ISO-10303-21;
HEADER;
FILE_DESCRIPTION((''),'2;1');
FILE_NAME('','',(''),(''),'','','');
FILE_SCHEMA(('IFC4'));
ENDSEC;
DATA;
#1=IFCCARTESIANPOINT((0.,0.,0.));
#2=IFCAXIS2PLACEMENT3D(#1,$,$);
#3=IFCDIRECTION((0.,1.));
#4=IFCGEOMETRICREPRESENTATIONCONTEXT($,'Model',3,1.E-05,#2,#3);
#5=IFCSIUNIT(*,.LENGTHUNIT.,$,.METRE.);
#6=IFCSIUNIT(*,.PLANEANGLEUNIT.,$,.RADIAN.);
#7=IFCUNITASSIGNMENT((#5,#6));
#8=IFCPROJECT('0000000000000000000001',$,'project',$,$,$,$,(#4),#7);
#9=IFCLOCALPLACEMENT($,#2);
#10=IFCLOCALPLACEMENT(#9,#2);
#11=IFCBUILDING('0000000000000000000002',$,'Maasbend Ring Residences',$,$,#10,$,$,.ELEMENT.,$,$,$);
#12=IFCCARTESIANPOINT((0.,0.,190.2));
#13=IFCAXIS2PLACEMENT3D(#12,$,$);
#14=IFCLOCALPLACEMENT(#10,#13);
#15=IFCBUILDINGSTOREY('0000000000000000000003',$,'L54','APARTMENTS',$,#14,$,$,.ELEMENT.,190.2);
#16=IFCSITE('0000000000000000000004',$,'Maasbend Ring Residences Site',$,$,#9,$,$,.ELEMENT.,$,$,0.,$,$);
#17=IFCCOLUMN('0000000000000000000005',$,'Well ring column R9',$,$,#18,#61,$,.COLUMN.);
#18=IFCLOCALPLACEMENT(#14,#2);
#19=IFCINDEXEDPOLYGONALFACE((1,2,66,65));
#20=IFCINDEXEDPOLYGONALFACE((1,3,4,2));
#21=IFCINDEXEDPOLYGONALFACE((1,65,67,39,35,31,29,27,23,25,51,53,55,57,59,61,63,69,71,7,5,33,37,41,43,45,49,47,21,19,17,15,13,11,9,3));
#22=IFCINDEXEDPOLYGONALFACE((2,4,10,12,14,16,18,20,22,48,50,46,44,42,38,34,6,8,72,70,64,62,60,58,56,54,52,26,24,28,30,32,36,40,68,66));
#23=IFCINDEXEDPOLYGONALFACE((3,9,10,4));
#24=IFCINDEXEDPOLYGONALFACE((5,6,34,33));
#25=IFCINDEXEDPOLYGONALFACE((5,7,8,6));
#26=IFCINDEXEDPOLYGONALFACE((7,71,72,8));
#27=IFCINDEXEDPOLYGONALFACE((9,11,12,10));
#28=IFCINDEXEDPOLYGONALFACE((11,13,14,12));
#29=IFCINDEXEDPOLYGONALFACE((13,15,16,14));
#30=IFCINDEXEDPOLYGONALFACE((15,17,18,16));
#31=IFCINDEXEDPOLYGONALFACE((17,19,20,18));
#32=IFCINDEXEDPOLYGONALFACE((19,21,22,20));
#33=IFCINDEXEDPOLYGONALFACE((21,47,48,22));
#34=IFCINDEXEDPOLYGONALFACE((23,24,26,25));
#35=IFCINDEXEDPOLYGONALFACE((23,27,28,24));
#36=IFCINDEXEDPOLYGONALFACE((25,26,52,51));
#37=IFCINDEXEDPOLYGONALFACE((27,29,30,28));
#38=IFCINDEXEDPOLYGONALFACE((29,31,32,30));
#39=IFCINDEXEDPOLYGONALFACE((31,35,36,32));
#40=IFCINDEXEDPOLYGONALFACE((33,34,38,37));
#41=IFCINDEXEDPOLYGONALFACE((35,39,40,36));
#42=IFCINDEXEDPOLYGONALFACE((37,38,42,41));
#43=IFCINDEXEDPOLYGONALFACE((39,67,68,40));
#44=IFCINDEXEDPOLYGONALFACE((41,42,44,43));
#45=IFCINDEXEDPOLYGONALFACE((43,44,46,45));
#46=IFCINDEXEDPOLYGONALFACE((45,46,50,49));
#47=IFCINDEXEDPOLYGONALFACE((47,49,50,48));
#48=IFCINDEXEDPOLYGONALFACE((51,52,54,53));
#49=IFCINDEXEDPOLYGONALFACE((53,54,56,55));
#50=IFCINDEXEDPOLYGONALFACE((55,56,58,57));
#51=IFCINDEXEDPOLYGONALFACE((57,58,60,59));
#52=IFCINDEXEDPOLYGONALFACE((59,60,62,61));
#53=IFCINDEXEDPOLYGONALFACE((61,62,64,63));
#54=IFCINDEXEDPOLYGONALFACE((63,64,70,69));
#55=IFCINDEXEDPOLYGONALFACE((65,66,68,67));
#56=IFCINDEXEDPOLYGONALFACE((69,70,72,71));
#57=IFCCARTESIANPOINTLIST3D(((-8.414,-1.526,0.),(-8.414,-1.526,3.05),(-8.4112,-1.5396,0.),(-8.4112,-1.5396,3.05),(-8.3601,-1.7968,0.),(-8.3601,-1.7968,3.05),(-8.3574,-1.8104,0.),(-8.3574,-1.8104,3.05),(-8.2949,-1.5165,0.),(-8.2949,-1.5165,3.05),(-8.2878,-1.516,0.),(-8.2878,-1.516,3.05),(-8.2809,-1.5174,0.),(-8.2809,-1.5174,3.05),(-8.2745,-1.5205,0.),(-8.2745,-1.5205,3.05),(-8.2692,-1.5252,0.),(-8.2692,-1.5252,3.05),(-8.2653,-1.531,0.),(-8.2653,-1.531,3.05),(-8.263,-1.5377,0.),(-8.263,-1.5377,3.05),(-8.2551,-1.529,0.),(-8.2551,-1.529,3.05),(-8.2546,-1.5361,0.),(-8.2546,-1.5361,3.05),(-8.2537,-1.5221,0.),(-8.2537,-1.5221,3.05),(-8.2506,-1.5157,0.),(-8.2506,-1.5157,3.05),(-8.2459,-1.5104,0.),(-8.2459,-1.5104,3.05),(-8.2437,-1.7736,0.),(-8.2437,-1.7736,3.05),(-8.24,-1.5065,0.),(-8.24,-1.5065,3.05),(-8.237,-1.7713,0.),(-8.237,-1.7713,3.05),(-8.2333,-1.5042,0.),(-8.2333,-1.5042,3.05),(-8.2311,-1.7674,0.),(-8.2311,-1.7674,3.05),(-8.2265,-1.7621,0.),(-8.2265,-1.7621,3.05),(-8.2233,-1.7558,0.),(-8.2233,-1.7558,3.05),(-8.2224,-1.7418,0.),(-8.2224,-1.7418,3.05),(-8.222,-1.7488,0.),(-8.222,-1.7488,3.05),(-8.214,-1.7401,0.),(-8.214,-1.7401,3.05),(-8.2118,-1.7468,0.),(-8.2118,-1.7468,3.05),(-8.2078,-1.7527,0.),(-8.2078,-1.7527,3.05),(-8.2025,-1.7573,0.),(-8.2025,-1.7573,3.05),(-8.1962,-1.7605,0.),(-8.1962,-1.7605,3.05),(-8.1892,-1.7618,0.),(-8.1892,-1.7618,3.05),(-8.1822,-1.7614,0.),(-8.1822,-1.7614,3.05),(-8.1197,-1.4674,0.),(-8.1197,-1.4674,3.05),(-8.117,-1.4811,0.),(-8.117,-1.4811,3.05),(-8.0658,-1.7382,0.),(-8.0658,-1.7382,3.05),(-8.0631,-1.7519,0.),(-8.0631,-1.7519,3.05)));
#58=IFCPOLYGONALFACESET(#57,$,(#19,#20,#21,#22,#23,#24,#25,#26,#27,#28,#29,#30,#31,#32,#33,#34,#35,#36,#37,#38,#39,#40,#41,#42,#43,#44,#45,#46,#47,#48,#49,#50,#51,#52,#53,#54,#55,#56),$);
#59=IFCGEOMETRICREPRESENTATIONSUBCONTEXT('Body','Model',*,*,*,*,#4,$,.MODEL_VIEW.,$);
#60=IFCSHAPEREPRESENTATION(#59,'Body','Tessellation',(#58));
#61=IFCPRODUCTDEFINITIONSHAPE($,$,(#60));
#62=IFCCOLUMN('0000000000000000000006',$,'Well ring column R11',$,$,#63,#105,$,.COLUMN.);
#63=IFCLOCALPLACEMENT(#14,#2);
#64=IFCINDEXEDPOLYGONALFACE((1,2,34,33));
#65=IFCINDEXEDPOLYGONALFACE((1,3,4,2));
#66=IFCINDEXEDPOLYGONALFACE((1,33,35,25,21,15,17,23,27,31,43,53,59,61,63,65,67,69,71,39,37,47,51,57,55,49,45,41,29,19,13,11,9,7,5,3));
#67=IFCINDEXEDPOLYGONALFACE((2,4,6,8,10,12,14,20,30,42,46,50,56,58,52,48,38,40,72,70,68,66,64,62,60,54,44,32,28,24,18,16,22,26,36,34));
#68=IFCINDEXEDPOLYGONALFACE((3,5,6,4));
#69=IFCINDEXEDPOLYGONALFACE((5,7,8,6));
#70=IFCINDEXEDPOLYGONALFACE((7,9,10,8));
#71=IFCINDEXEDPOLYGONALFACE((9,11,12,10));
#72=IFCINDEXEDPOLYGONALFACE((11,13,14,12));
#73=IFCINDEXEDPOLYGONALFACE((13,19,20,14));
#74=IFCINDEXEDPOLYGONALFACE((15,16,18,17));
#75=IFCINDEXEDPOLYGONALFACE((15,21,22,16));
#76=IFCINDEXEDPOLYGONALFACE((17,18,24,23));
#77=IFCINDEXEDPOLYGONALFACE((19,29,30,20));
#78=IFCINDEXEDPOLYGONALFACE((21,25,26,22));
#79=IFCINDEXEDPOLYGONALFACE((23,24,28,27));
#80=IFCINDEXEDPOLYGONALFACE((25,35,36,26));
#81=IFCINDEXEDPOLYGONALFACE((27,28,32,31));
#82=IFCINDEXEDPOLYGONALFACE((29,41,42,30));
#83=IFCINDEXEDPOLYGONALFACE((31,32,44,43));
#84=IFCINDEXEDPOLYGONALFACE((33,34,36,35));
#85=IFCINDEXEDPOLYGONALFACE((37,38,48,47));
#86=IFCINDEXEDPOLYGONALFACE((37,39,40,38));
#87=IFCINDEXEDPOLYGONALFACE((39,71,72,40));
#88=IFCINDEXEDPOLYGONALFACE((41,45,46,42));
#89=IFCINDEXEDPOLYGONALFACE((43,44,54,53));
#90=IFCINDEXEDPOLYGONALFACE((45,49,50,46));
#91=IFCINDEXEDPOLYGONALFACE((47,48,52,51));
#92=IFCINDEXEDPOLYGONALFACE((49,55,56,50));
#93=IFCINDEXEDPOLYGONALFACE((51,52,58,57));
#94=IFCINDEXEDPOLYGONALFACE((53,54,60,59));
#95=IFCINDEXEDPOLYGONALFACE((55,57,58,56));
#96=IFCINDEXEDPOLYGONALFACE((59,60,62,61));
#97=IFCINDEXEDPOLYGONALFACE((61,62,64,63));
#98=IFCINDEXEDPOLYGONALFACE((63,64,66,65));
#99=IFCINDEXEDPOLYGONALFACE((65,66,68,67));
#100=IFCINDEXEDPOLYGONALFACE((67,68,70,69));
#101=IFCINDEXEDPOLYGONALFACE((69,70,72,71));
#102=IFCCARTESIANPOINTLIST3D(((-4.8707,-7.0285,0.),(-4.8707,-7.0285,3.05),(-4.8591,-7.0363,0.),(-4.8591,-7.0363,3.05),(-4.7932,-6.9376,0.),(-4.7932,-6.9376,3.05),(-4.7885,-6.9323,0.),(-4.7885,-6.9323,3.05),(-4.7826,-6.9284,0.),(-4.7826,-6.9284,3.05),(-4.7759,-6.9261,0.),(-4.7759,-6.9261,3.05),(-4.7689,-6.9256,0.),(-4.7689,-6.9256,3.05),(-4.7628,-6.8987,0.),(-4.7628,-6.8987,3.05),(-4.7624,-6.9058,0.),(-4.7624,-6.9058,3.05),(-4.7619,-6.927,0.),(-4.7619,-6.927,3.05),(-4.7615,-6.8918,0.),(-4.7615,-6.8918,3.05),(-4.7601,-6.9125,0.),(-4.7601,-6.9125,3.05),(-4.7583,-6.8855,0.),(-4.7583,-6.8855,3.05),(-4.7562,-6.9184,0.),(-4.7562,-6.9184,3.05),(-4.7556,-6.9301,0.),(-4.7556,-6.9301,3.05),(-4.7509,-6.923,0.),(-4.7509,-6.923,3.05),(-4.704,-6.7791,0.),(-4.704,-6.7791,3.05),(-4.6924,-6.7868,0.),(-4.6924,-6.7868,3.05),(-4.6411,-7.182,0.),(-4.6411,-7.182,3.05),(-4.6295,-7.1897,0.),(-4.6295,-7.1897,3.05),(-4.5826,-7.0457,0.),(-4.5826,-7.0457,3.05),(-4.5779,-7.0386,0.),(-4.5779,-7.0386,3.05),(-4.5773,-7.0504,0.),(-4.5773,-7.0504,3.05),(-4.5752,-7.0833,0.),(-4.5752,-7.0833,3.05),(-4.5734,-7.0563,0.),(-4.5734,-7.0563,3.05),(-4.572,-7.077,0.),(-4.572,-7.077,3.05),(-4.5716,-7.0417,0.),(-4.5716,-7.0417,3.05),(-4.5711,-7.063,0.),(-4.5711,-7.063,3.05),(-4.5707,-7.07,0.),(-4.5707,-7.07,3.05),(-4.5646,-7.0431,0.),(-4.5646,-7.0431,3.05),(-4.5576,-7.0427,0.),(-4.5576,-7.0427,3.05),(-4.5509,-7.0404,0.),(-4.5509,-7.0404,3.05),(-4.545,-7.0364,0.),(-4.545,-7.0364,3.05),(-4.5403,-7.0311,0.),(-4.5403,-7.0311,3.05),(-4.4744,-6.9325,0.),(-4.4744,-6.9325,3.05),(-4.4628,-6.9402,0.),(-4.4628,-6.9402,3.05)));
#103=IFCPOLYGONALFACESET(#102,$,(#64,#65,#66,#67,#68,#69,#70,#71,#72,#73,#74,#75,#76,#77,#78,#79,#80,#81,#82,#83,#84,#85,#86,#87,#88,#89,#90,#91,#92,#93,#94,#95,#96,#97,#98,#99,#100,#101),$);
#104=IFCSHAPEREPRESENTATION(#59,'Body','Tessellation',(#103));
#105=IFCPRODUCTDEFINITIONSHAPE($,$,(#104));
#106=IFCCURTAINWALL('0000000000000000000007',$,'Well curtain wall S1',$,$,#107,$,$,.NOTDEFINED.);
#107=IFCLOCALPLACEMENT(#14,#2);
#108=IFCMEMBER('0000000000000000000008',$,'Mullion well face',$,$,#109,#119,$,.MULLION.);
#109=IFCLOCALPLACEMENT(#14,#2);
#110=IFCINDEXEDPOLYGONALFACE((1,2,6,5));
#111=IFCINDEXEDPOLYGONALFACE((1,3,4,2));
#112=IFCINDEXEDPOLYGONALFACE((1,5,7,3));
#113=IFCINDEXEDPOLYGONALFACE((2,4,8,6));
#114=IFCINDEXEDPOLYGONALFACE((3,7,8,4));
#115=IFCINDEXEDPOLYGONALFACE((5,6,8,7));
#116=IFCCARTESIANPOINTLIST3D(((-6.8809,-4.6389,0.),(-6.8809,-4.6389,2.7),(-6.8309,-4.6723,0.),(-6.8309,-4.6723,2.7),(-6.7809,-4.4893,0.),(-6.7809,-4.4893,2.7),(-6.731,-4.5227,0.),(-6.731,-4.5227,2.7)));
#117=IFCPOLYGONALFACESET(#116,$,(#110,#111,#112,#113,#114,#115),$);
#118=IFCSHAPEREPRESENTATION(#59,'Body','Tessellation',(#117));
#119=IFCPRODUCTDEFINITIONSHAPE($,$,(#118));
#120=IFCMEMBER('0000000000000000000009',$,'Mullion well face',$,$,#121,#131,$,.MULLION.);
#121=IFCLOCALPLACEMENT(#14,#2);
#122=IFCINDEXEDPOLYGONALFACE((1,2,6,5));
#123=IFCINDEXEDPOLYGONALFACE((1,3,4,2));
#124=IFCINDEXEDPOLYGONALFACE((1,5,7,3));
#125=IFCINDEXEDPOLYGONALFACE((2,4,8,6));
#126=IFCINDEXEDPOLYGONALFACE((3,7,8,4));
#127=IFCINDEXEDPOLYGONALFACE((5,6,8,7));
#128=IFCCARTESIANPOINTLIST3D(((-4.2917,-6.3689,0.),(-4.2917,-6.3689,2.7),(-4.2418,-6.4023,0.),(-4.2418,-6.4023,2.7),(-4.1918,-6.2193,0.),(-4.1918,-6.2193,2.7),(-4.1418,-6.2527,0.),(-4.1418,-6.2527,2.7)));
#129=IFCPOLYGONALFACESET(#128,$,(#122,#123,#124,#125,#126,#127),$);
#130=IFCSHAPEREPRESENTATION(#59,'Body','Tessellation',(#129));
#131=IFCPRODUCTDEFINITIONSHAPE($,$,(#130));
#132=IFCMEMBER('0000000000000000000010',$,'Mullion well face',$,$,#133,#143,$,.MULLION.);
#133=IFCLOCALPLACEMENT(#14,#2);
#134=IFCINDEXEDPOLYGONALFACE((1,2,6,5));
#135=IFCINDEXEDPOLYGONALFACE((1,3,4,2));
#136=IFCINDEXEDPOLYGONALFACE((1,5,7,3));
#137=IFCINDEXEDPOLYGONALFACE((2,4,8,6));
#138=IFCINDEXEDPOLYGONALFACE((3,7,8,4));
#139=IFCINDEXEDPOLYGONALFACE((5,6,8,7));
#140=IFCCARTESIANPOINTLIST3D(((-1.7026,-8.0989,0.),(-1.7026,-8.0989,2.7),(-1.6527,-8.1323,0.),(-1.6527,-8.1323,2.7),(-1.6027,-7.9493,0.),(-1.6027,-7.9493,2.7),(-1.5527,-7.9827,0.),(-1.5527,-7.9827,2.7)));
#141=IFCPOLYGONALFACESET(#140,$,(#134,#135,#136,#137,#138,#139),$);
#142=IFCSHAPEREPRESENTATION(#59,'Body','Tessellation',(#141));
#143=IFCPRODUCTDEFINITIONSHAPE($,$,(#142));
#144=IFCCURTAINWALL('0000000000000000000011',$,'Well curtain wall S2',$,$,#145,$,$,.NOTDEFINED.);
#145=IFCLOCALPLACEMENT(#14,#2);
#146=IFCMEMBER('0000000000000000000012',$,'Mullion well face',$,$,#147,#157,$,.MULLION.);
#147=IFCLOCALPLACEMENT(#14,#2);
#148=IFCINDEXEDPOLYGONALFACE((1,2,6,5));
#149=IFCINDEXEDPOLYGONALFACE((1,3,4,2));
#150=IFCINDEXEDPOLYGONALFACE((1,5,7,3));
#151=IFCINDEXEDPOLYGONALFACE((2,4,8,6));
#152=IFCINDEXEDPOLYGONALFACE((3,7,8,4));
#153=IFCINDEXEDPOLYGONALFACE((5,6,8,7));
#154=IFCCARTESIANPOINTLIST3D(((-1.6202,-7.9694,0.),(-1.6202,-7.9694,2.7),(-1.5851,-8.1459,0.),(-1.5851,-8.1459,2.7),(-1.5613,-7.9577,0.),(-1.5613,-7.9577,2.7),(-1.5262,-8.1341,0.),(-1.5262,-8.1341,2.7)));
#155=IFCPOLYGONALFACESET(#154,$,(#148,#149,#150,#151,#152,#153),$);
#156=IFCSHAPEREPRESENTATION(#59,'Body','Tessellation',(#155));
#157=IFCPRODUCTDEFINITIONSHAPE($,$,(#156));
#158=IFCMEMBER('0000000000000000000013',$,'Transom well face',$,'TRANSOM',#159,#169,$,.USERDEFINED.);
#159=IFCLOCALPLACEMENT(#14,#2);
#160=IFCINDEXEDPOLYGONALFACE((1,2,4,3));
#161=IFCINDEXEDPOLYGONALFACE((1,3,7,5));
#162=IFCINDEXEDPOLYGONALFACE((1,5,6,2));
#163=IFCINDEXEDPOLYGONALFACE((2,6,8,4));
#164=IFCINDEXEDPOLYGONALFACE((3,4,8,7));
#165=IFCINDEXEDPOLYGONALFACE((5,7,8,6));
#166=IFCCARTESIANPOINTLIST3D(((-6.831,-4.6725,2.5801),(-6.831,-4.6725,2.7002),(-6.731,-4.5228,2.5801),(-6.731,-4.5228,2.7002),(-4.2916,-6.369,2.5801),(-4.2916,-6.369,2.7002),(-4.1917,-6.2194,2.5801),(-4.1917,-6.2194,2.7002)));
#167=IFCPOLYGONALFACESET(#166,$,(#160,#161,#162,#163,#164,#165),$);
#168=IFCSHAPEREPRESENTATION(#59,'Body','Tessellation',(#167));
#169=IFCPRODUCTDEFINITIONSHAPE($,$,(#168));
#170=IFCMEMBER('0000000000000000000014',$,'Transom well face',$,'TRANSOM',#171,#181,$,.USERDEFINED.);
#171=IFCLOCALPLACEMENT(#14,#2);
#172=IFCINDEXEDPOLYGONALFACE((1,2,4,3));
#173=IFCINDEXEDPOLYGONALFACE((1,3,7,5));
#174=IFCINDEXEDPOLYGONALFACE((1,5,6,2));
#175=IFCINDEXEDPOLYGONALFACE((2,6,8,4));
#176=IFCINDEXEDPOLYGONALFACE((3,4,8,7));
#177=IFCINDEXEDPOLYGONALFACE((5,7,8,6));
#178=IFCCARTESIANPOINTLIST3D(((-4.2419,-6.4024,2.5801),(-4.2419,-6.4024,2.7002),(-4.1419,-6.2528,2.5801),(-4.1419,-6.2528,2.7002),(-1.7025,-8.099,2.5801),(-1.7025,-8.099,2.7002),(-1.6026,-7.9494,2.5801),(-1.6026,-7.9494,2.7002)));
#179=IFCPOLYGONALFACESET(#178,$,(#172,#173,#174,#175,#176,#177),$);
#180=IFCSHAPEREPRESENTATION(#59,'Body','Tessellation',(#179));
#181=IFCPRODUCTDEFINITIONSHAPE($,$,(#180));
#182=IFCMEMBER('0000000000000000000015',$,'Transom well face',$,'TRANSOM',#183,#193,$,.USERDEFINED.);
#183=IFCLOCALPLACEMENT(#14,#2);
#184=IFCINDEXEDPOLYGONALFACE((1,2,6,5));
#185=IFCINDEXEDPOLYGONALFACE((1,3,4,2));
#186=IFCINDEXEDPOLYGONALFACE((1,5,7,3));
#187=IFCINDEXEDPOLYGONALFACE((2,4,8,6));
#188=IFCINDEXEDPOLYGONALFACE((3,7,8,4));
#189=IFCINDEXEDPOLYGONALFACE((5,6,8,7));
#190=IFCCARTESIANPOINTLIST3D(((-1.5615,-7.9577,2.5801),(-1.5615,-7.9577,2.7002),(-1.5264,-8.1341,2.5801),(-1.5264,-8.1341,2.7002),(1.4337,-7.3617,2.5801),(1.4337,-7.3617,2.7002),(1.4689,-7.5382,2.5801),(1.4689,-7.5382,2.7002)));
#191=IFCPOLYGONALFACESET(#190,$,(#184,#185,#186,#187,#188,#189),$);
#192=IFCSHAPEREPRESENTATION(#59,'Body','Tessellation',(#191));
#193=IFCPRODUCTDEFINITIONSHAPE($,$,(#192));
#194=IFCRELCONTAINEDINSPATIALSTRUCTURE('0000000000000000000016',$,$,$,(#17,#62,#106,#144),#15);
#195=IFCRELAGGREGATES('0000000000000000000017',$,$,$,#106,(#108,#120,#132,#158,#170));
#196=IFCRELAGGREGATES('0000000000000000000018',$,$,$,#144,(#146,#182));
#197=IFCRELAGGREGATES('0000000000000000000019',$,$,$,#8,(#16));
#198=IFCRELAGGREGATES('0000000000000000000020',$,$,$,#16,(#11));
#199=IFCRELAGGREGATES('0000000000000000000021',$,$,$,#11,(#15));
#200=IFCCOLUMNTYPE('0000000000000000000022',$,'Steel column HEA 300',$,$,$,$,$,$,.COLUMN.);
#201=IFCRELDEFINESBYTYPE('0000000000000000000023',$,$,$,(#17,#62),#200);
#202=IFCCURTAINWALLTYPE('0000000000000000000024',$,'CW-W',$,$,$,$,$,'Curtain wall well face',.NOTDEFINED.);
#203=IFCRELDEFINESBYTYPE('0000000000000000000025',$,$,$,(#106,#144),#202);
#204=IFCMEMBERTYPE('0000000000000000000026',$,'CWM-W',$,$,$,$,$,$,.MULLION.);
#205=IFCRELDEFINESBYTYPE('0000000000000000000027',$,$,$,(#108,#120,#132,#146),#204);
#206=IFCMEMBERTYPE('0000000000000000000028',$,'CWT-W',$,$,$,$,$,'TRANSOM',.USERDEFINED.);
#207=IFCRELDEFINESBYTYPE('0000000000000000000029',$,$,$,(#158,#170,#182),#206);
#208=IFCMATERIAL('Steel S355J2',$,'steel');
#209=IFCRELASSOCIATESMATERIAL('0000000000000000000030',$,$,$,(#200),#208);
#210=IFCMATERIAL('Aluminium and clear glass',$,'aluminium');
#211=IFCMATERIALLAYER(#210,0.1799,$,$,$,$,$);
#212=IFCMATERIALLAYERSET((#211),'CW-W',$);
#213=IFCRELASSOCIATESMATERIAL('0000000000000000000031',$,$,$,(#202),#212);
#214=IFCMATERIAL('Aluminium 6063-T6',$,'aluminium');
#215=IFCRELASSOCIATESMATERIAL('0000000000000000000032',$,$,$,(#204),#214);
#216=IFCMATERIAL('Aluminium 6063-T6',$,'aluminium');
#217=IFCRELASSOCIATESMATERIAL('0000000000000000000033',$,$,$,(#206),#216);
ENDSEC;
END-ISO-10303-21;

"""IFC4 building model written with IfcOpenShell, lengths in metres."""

from ifc_helpers import new_model, si_unit, direction, frame, origin, origin_2d, place, context, subcontext, project, spatial, rectangle, i_section, extrude, material, layer, layer_set, material_profile, profile_set, type_object, element, aggregate, save


model = new_model("IFC4")

# Units and contexts
model_context = context("Model", 3, precision=1e-05, world=origin(), true_north=direction((0.0, 1.0)))
body_context = subcontext(model_context, "Body", "Model", "MODEL_VIEW")
ifc_project = project(units=[si_unit("LENGTHUNIT", "METRE"), si_unit("PLANEANGLEUNIT", "RADIAN")], contexts=[model_context])

# Site, building, storey
site_placement = place(None, origin())
site = spatial("IfcSite", under=ifc_project, at=site_placement, Name="Maasbend Ring Residences Site", CompositionType="ELEMENT", RefElevation=0.0)
building_placement = place(site_placement, origin())
building = spatial("IfcBuilding", under=site, at=building_placement, Name="Maasbend Ring Residences", CompositionType="ELEMENT")
storey_placement = place(building_placement, frame((0.0, 0.0, 190.2)))
storey = spatial("IfcBuildingStorey", under=building, at=storey_placement, Name="L54", Description="APARTMENTS", CompositionType="ELEMENT", Elevation=190.2)

# Columns
ifc_material_1 = material(Name="Steel S355J2", Category="steel")
ifc_material_profile_1 = material_profile(ifc_material_1, i_section(OverallWidth=0.3, OverallDepth=0.29, WebThickness=0.0085, FlangeThickness=0.0139, FilletRadius=0.0271, at=origin_2d()), Name="HEA 300")
ifc_profile_set_1 = profile_set([ifc_material_profile_1], Name="Steel S355J2")
column_type = type_object("IfcColumnType", Name="Steel column HEA 300", PredefinedType="COLUMN", material=ifc_profile_set_1)
for number, where, z_axis, x_axis, name in (
    (1, (-8.2385, -1.6389, 0.0), (0.0, 0.0, 1.0), (-0.980785, -0.19509, 0.0), "Well ring column R9"),
    (2, (-4.6667, -6.9844, 0.0), (0.0, 0.0, 1.0), (-0.55557, -0.83147, 0.0), "Well ring column R11"),
):
    element("IfcColumn", number, at=place(storey_placement, frame(where, z_axis=z_axis, x_axis=x_axis)), inside=storey, type_object=column_type, Name=name, PredefinedType="COLUMN", context=body_context, shape_type="SweptSolid", body=[
        extrude(i_section(OverallWidth=0.3, OverallDepth=0.29, WebThickness=0.0085, FlangeThickness=0.0139, FilletRadius=0.0271, at=origin_2d()), origin(), (0.0, 0.0, 1.0), 3.05),
    ])

# Curtain wall, members
ifc_material_2 = material(Name="Aluminium and clear glass", Category="aluminium")
ifc_layer_1 = layer(ifc_material_2, 0.1799)
ifc_layer_set_1 = layer_set([ifc_layer_1], Name="CW-W")
curtain_wall_type = type_object("IfcCurtainWallType", Name="CW-W", ElementType="Curtain wall well face", PredefinedType="NOTDEFINED", material=ifc_layer_set_1)
curtain_wall_1_placement = place(storey_placement, origin())
curtain_wall_1 = element("IfcCurtainWall", 3, at=curtain_wall_1_placement, inside=storey, type_object=curtain_wall_type, Name="Well curtain wall S1", PredefinedType="NOTDEFINED")
ifc_material_3 = material(Name="Aluminium 6063-T6", Category="aluminium")
ifc_material_profile_2 = material_profile(ifc_material_3, rectangle(XDim=0.1799, YDim=0.0601, at=origin_2d()), Name="AL 180x60")
ifc_profile_set_2 = profile_set([ifc_material_profile_2], Name="Aluminium 6063-T6")
member_type_1 = type_object("IfcMemberType", Name="CWM-W", PredefinedType="MULLION", material=ifc_profile_set_2)
member_1_placement = place(storey_placement, frame((-6.8059, -4.5808, 0.0), z_axis=(0.0, 0.0, 1.0), x_axis=(0.55557, 0.83147, 0.0)))
member_1 = element("IfcMember", 4, at=member_1_placement, type_object=member_type_1, Name="Mullion well face", PredefinedType="MULLION", context=body_context, shape_type="SweptSolid", body=[
    extrude(rectangle(XDim=0.1799, YDim=0.0601, at=origin_2d()), origin(), (0.0, 0.0, 1.0), 2.7),
])
member_2_placement = place(storey_placement, frame((-4.2168, -6.3108, 0.0), z_axis=(0.0, 0.0, 1.0), x_axis=(0.55557, 0.83147, 0.0)))
member_2 = element("IfcMember", 5, at=member_2_placement, type_object=member_type_1, Name="Mullion well face", PredefinedType="MULLION", context=body_context, shape_type="SweptSolid", body=[
    extrude(rectangle(XDim=0.1799, YDim=0.0601, at=origin_2d()), origin(), (0.0, 0.0, 1.0), 2.7),
])
member_3_placement = place(storey_placement, frame((-1.6277, -8.0408, 0.0), z_axis=(0.0, 0.0, 1.0), x_axis=(0.55557, 0.83147, 0.0)))
member_3 = element("IfcMember", 6, at=member_3_placement, type_object=member_type_1, Name="Mullion well face", PredefinedType="MULLION", context=body_context, shape_type="SweptSolid", body=[
    extrude(rectangle(XDim=0.1799, YDim=0.0601, at=origin_2d()), origin(), (0.0, 0.0, 1.0), 2.7),
])

# Curtain wall, member
curtain_wall_2_placement = place(storey_placement, origin())
curtain_wall_2 = element("IfcCurtainWall", 7, at=curtain_wall_2_placement, inside=storey, type_object=curtain_wall_type, Name="Well curtain wall S2", PredefinedType="NOTDEFINED")
member_4_placement = place(storey_placement, frame((-1.5732, -8.0518, 0.0), z_axis=(0.0, 0.0, 1.0), x_axis=(-0.19509, 0.980785, 0.0)))
member_4 = element("IfcMember", 8, at=member_4_placement, type_object=member_type_1, Name="Mullion well face", PredefinedType="MULLION", context=body_context, shape_type="SweptSolid", body=[
    extrude(rectangle(XDim=0.1799, YDim=0.0601, at=origin_2d()), origin(), (0.0, 0.0, 1.0), 2.7),
])

# Members
ifc_material_4 = material(Name="Aluminium 6063-T6", Category="aluminium")
ifc_material_profile_3 = material_profile(ifc_material_4, rectangle(XDim=0.1799, YDim=0.1201, at=origin_2d()), Name="AL 180x120")
ifc_profile_set_3 = profile_set([ifc_material_profile_3], Name="Aluminium 6063-T6")
member_type_2 = type_object("IfcMemberType", Name="CWT-W", ElementType="TRANSOM", PredefinedType="USERDEFINED", material=ifc_profile_set_3)
member_5_placement = place(storey_placement, frame((-6.781, -4.5977, 2.6401), z_axis=(0.831496, -0.55553, 0.0), x_axis=(0.55553, 0.831496, 0.0)))
member_5 = element("IfcMember", 9, at=member_5_placement, type_object=member_type_2, Name="Transom well face", ObjectType="TRANSOM", PredefinedType="USERDEFINED", context=body_context, shape_type="SweptSolid", body=[
    extrude(rectangle(XDim=0.1799, YDim=0.1201, at=origin_2d()), origin(), (0.0, 0.0, 1.0), 3.054),
])
member_6_placement = place(storey_placement, frame((-4.1919, -6.3276, 2.6401), z_axis=(0.831496, -0.55553, 0.0), x_axis=(0.55553, 0.831496, 0.0)))
member_6 = element("IfcMember", 10, at=member_6_placement, type_object=member_type_2, Name="Transom well face", ObjectType="TRANSOM", PredefinedType="USERDEFINED", context=body_context, shape_type="SweptSolid", body=[
    extrude(rectangle(XDim=0.1799, YDim=0.1201, at=origin_2d()), origin(), (0.0, 0.0, 1.0), 3.054),
])
member_7_placement = place(storey_placement, frame((-1.5439, -8.0459, 2.6401), z_axis=(0.980777, 0.195132, 0.0), x_axis=(-0.195132, 0.980777, 0.0)))
member_7 = element("IfcMember", 11, at=member_7_placement, type_object=member_type_2, Name="Transom well face", ObjectType="TRANSOM", PredefinedType="USERDEFINED", context=body_context, shape_type="SweptSolid", body=[
    extrude(rectangle(XDim=0.1799, YDim=0.1201, at=origin_2d()), origin(), (0.0, 0.0, 1.0), 3.054),
])

aggregate(curtain_wall_1, [member_1, member_2, member_3, member_5, member_6])
aggregate(curtain_wall_2, [member_4, member_7])

save(model, "model.ifc")
